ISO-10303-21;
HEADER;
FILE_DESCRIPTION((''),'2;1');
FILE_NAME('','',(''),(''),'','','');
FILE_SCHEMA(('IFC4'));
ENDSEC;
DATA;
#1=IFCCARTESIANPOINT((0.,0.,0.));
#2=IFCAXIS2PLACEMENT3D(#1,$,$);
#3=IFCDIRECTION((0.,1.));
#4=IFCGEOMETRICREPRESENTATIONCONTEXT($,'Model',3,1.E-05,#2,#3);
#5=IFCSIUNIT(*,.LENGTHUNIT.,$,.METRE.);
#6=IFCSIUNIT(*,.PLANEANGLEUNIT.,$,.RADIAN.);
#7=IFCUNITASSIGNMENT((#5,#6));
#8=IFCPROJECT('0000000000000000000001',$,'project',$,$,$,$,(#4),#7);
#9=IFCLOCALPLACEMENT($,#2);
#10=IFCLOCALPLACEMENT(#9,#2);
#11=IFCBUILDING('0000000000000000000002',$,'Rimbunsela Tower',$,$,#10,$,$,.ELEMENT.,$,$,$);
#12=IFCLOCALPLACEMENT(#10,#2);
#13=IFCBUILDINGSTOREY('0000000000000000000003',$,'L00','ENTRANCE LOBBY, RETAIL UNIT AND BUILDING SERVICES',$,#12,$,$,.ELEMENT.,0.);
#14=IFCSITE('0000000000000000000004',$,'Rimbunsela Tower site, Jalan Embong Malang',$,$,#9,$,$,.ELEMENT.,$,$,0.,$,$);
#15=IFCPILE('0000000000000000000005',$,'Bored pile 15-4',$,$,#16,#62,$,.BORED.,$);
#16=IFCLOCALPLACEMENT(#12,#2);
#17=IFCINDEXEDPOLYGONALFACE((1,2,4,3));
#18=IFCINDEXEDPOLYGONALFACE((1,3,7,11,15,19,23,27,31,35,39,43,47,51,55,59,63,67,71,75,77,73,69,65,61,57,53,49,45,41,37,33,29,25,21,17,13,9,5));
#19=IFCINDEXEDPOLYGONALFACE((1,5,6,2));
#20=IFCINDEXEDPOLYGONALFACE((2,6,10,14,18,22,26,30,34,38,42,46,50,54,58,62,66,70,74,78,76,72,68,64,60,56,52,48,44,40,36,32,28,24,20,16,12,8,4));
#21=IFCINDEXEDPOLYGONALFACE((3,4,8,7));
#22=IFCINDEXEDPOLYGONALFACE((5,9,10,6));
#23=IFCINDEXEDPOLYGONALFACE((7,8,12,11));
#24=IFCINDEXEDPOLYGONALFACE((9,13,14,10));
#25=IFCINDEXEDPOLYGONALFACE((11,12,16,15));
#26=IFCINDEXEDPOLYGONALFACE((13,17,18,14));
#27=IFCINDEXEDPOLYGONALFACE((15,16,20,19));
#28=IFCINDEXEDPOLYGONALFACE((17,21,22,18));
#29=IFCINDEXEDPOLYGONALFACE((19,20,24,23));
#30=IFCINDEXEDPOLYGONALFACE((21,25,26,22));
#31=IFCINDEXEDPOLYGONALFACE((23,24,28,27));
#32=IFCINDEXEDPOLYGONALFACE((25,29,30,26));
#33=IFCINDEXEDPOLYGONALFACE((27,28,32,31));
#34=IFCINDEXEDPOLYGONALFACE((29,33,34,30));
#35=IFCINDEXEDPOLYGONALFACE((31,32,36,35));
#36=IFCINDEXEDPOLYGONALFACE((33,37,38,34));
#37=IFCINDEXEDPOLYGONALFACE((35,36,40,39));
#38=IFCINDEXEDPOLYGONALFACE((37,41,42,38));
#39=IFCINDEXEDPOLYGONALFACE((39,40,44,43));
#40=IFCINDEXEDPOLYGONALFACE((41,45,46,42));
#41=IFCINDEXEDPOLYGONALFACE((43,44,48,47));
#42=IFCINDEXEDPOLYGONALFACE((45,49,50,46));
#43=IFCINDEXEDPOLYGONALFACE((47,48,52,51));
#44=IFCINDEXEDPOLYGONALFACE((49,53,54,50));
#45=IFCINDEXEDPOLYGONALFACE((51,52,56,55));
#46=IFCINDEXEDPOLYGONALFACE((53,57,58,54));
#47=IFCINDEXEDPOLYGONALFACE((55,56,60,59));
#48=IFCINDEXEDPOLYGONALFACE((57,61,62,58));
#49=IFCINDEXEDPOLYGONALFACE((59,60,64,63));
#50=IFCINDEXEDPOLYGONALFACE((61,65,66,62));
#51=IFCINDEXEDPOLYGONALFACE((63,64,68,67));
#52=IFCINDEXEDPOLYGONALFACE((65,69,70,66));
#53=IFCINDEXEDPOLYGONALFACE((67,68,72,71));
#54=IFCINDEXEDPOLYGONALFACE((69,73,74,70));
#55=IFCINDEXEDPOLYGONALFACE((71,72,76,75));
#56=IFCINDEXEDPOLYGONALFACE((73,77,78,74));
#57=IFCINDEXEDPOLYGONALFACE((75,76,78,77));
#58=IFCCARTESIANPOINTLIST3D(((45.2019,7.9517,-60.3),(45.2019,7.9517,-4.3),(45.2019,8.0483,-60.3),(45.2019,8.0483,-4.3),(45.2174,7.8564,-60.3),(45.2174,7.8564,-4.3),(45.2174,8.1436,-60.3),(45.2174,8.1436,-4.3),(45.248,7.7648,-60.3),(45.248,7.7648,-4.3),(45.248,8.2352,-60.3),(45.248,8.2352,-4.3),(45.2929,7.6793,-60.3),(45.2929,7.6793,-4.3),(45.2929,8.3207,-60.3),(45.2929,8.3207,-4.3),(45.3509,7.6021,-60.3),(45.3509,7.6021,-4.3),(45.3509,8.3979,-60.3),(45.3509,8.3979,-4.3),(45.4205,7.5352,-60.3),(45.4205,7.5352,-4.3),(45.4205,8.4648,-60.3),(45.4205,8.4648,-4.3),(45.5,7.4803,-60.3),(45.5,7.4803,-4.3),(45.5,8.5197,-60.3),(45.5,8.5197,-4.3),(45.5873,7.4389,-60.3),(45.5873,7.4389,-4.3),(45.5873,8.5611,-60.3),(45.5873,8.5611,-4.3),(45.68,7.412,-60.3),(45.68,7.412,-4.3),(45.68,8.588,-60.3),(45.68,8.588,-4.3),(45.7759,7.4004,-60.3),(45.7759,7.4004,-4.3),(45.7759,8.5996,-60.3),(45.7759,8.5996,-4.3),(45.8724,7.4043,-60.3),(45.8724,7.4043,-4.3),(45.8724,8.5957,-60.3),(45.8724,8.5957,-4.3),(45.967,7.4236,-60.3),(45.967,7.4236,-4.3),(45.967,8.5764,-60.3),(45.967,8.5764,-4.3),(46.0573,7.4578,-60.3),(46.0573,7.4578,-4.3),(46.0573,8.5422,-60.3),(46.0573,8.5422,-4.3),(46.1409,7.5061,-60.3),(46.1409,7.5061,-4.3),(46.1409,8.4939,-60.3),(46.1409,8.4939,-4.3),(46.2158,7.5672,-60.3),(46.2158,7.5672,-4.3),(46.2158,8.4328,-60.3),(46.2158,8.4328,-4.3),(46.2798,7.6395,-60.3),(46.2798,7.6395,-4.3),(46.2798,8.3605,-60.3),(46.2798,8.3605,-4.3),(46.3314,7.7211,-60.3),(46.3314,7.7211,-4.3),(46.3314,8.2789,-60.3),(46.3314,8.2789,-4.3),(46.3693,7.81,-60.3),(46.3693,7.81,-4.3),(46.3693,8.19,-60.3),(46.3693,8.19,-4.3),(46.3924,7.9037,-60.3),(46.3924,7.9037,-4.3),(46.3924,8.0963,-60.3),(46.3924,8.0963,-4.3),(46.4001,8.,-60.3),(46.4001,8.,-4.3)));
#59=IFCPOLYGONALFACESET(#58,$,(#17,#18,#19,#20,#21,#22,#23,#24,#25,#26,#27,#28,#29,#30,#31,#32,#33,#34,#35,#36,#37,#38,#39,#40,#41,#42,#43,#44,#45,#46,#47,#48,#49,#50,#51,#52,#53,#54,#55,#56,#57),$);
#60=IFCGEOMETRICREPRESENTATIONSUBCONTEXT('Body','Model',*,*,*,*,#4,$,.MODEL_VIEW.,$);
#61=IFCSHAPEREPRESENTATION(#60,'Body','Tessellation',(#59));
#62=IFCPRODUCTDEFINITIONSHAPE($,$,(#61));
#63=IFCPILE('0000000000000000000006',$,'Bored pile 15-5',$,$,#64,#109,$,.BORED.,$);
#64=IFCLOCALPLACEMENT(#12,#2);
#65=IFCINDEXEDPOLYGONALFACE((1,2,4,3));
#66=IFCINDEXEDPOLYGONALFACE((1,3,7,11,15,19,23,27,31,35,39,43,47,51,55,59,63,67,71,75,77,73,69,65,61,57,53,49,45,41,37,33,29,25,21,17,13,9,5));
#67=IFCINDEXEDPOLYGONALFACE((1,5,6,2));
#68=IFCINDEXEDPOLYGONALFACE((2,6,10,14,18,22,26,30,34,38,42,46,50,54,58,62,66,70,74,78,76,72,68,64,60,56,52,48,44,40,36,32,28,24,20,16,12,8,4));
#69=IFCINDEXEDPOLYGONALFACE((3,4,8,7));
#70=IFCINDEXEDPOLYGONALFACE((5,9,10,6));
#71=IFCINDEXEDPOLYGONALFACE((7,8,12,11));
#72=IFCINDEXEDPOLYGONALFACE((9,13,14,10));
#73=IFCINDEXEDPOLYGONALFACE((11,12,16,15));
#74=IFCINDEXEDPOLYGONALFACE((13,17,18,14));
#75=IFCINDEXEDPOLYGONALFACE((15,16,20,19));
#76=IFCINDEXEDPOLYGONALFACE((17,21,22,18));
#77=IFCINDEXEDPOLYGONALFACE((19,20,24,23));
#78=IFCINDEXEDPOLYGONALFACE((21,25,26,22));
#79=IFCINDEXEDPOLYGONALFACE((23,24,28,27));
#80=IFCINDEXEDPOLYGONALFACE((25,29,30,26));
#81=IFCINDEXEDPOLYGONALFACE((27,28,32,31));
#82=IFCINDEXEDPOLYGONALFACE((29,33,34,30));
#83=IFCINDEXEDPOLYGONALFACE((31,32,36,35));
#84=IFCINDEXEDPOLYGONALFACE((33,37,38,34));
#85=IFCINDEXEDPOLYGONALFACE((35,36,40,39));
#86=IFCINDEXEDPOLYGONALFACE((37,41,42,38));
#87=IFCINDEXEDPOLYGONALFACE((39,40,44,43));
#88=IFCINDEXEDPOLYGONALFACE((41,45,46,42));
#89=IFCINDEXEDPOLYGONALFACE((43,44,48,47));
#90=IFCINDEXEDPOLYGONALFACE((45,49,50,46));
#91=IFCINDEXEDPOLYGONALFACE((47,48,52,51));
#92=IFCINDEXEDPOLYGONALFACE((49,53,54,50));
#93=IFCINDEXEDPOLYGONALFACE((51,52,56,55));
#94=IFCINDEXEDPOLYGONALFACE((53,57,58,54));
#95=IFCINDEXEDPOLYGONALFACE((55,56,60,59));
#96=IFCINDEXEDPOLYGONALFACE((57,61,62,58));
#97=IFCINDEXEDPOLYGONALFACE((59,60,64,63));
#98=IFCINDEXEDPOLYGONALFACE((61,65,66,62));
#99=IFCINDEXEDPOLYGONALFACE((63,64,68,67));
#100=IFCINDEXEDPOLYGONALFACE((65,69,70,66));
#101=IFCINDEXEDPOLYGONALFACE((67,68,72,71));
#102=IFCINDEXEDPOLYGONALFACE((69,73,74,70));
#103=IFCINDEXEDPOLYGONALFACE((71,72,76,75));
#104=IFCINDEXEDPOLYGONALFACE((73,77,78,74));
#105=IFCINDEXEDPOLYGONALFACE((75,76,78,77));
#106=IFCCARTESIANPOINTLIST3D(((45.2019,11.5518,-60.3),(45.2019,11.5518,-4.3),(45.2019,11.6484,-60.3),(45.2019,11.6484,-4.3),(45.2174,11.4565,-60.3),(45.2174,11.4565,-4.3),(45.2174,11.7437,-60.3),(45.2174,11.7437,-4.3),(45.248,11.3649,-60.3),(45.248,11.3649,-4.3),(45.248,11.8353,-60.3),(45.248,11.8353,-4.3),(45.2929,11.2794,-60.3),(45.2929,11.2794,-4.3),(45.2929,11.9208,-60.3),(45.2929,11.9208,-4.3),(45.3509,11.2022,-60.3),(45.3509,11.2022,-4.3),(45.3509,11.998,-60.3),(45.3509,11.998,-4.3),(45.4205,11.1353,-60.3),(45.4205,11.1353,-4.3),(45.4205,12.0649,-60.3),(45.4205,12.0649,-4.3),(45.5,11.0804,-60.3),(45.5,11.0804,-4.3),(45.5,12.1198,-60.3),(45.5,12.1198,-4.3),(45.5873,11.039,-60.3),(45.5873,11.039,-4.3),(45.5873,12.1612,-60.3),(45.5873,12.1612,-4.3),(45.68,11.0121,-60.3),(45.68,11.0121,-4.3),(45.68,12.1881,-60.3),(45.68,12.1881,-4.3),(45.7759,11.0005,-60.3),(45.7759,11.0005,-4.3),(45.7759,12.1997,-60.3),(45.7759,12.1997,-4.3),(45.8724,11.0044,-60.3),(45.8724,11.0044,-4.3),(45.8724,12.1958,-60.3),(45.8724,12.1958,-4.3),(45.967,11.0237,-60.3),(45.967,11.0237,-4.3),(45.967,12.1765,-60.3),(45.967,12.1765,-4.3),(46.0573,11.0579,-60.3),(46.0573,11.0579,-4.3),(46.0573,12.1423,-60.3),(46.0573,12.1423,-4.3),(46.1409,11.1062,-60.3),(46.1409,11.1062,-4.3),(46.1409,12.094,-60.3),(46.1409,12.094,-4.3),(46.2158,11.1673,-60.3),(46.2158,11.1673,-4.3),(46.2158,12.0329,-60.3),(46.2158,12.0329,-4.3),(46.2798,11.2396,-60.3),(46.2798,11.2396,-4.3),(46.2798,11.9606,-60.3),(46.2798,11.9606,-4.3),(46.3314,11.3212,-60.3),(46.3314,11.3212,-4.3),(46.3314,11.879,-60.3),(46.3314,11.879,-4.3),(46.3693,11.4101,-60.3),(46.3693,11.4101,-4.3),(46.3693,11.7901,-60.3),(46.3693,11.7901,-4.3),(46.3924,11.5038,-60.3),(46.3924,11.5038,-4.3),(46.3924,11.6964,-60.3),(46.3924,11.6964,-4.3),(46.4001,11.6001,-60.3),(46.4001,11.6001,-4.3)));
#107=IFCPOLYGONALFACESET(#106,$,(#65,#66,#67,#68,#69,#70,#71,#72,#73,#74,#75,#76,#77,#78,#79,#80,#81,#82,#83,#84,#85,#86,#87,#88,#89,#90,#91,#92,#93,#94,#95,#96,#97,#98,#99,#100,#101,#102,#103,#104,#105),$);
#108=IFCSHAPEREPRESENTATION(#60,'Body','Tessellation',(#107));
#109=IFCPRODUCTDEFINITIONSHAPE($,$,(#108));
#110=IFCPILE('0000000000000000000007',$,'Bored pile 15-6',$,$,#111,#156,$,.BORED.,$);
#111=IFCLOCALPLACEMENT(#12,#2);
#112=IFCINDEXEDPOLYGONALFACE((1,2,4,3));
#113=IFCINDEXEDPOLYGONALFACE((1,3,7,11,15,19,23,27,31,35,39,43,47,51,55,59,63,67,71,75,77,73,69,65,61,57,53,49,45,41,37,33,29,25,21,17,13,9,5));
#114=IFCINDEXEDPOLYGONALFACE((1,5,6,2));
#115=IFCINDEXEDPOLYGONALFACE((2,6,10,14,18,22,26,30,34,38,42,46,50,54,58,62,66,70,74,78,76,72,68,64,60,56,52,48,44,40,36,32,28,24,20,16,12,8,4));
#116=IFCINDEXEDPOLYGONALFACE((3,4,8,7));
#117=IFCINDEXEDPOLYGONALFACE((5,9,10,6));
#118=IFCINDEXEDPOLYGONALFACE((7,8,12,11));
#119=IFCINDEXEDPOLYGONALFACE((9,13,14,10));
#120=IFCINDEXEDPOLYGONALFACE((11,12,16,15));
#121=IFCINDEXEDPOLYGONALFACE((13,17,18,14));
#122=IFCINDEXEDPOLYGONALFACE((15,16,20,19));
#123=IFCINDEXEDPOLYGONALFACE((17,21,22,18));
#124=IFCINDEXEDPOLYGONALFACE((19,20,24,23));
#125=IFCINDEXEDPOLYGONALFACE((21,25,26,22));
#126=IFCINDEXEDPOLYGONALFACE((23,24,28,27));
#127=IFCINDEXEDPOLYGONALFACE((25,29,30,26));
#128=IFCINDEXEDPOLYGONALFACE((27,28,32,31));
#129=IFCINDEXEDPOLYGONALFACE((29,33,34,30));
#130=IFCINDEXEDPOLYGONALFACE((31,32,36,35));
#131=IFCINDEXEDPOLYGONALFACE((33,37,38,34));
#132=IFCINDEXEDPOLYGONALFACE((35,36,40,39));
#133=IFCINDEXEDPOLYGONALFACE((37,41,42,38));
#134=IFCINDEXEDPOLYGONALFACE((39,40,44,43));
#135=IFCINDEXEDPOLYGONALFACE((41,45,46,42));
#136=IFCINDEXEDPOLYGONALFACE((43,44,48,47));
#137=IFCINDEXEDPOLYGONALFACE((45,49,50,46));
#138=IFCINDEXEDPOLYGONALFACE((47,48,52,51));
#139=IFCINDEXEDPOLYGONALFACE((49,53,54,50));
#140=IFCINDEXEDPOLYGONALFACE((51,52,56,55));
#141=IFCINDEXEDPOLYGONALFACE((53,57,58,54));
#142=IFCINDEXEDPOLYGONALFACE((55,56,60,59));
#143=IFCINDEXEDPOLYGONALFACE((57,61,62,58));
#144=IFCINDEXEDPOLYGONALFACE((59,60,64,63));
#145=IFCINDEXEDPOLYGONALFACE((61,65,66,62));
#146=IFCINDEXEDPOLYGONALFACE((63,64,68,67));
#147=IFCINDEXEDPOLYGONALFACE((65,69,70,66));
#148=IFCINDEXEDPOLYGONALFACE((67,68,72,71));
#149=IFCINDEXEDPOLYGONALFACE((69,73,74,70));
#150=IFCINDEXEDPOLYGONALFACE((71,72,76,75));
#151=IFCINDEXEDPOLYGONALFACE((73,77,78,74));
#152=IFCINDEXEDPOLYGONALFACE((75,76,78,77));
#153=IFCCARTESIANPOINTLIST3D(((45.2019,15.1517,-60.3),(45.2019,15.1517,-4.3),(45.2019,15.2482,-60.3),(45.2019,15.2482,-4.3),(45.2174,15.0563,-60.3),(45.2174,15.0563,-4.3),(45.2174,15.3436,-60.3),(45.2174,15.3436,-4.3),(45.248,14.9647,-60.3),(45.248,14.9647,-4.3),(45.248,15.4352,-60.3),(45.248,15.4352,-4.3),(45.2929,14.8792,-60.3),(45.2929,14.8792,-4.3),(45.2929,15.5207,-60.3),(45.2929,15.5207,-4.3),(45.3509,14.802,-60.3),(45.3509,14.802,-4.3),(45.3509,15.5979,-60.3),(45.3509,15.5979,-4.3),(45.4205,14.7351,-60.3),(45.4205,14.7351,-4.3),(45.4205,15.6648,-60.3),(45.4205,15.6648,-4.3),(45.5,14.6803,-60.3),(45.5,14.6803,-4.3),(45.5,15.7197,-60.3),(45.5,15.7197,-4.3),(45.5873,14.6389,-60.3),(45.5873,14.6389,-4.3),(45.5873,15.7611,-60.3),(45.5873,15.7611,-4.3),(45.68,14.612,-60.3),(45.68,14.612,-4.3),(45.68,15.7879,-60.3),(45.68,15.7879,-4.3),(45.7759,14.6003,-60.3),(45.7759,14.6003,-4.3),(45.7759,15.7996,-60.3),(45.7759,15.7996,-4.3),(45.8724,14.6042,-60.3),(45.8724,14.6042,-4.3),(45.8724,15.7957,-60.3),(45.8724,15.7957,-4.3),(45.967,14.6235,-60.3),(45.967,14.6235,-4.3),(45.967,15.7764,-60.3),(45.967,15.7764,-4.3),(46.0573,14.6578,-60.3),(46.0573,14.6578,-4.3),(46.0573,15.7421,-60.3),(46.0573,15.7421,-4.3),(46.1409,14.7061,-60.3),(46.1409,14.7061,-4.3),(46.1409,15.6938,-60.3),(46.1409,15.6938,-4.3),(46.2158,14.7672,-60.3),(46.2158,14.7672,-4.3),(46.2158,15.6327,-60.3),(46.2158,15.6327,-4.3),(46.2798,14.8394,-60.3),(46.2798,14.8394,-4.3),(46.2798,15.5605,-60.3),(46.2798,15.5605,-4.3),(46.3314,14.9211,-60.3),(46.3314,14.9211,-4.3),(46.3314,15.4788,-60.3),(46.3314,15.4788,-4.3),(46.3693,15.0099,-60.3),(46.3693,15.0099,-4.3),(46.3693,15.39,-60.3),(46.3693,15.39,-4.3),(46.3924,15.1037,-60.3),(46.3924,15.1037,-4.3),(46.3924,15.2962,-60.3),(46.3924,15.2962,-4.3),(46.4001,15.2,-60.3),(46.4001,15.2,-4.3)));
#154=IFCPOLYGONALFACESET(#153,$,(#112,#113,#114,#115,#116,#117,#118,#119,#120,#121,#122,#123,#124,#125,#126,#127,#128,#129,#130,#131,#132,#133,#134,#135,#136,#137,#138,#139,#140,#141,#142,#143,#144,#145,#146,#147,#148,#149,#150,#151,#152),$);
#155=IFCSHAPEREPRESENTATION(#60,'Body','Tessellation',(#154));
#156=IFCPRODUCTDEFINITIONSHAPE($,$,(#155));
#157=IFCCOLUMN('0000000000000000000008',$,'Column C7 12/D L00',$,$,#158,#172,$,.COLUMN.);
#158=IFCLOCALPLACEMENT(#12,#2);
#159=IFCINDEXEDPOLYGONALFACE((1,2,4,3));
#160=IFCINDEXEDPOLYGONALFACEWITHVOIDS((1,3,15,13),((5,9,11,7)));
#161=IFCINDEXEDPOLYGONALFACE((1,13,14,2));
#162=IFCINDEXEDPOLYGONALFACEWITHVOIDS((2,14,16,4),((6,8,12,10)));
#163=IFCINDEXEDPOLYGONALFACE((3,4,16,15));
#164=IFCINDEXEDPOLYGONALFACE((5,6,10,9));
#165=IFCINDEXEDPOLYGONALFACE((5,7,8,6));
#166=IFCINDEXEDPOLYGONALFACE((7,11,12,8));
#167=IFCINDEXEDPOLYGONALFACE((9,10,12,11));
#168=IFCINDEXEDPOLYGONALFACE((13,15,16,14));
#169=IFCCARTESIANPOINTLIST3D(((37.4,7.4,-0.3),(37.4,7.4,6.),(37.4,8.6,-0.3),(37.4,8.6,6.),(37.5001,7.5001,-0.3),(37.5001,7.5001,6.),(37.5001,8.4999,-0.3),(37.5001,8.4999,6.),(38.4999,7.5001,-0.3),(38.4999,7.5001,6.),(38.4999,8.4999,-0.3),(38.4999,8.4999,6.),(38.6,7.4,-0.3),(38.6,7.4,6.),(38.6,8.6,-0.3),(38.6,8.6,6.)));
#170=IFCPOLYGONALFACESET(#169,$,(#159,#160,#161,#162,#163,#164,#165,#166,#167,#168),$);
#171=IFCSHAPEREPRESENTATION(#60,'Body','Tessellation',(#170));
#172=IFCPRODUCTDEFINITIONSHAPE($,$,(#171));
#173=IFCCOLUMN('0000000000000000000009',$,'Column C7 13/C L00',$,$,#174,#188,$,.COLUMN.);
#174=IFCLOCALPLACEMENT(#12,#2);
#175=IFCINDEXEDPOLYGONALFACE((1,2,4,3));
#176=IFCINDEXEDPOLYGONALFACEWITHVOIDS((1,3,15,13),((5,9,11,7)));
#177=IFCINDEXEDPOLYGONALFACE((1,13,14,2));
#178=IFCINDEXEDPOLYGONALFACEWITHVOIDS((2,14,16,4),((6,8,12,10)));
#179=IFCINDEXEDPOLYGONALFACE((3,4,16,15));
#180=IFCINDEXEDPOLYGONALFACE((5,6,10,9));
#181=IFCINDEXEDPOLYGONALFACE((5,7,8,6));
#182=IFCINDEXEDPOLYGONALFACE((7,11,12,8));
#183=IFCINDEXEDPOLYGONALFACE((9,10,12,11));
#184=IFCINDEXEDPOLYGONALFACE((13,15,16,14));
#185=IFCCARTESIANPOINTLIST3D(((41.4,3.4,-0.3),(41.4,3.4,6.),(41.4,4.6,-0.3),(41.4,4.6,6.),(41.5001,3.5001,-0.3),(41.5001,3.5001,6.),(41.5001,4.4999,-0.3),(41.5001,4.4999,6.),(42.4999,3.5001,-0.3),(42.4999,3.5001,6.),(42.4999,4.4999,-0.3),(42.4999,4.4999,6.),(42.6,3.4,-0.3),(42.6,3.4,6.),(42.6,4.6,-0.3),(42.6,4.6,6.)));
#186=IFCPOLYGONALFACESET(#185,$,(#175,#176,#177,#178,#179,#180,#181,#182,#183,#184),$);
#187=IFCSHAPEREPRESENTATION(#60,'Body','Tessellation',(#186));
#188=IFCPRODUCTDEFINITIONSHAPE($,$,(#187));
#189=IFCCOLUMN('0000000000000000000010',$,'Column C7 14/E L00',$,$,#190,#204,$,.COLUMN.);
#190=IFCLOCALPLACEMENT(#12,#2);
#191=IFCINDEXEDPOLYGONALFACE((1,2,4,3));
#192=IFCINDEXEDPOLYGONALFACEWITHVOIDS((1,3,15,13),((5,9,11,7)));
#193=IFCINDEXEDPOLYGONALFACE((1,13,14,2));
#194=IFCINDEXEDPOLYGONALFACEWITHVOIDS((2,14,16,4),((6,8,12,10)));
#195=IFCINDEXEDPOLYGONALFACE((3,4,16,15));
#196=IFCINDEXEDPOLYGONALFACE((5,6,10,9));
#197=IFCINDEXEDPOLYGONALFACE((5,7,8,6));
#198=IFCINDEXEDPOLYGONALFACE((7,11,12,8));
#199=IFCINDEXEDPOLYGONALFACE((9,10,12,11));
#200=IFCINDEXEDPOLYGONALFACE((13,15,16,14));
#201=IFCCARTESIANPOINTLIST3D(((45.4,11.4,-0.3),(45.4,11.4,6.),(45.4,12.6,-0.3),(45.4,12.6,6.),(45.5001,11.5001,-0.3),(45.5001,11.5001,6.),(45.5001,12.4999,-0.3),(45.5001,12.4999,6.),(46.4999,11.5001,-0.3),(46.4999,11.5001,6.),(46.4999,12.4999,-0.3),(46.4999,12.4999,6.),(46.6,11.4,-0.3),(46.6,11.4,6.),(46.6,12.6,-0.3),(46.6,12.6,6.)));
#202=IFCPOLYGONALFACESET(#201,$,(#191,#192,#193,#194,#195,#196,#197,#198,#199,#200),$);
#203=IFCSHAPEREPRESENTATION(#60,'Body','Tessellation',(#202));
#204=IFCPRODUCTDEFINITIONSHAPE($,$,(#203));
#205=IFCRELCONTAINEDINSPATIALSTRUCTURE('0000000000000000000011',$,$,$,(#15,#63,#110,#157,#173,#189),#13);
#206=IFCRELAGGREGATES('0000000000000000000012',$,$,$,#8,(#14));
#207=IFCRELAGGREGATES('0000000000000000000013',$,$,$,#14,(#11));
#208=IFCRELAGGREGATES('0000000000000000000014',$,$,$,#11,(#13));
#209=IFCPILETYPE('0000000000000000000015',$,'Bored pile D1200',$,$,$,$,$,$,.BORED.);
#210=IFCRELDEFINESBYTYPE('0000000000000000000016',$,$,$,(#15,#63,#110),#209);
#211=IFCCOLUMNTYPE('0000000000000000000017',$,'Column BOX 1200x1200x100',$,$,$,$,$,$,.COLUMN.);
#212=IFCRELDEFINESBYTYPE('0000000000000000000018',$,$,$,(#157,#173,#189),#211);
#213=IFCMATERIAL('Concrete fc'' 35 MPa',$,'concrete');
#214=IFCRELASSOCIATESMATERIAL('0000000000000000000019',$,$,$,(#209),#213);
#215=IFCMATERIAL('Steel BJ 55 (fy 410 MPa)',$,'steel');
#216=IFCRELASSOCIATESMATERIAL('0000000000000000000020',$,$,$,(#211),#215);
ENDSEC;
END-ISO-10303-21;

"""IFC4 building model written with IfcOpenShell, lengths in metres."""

from ifc_helpers import new_model, si_unit, direction, frame, origin, origin_2d, place, context, subcontext, project, spatial, hollow_rectangle, circle, extrude, material, material_profile, profile_set, type_object, element, save


model = new_model("IFC4")

# Units and contexts
model_context = context("Model", 3, precision=1e-05, world=origin(), true_north=direction((0.0, 1.0)))
body_context = subcontext(model_context, "Body", "Model", "MODEL_VIEW")
ifc_project = project(units=[si_unit("LENGTHUNIT", "METRE"), si_unit("PLANEANGLEUNIT", "RADIAN")], contexts=[model_context])

# Site, building, storey
site_placement = place(None, origin())
site = spatial("IfcSite", under=ifc_project, at=site_placement, Name="Rimbunsela Tower site, Jalan Embong Malang", CompositionType="ELEMENT", RefElevation=0.0)
building_placement = place(site_placement, origin())
building = spatial("IfcBuilding", under=site, at=building_placement, Name="Rimbunsela Tower", CompositionType="ELEMENT")
storey_placement = place(building_placement, origin())
storey = spatial("IfcBuildingStorey", under=building, at=storey_placement, Name="L00", Description="ENTRANCE LOBBY, RETAIL UNIT AND BUILDING SERVICES", CompositionType="ELEMENT", Elevation=0.0)

# Piles
ifc_material_1 = material(Name="Concrete fc' 35 MPa", Category="concrete")
ifc_material_profile_1 = material_profile(ifc_material_1, circle(Radius=0.6001, at=origin_2d()), Name="BP D1200")
ifc_profile_set_1 = profile_set([ifc_material_profile_1], Name="Concrete fc' 35 MPa")
pile_type = type_object("IfcPileType", Name="Bored pile D1200", PredefinedType="BORED", material=ifc_profile_set_1)
for number, where, z_axis, x_axis, name in (
    (1, (45.8, 8.0, -4.3), (0.0, 0.0, -1.0), (1.0, 0.0, 0.0), "Bored pile 15-4"),
    (2, (45.8, 11.6001, -4.3), (0.0, 0.0, -1.0), (1.0, 0.0, 0.0), "Bored pile 15-5"),
    (3, (45.8, 15.2, -4.3), (0.0, 0.0, -1.0), (1.0, 0.0, 0.0), "Bored pile 15-6"),
):
    element("IfcPile", number, at=place(storey_placement, frame(where, z_axis=z_axis, x_axis=x_axis)), inside=storey, type_object=pile_type, Name=name, PredefinedType="BORED", context=body_context, shape_type="SweptSolid", body=[
        extrude(circle(Radius=0.6001, at=origin_2d()), origin(), (0.0, 0.0, 1.0), 56.0),
    ])

# Columns
ifc_material_2 = material(Name="Steel BJ 55 (fy 410 MPa)", Category="steel")
ifc_material_profile_2 = material_profile(ifc_material_2, hollow_rectangle(XDim=1.2, YDim=1.2, WallThickness=0.1001, at=origin_2d()), Name="BOX 1200x1200x100")
ifc_profile_set_2 = profile_set([ifc_material_profile_2], Name="Steel BJ 55 (fy 410 MPa)")
column_type = type_object("IfcColumnType", Name="Column BOX 1200x1200x100", PredefinedType="COLUMN", material=ifc_profile_set_2)
for number, where, z_axis, x_axis, name in (
    (4, (38.0, 8.0, -0.3), (0.0, 0.0, 1.0), (1.0, 0.0, 0.0), "Column C7 12/D L00"),
    (5, (42.0, 4.0, -0.3), (0.0, 0.0, 1.0), (1.0, 0.0, 0.0), "Column C7 13/C L00"),
    (6, (46.0, 12.0, -0.3), (0.0, 0.0, 1.0), (1.0, 0.0, 0.0), "Column C7 14/E L00"),
):
    element("IfcColumn", number, at=place(storey_placement, frame(where, z_axis=z_axis, x_axis=x_axis)), inside=storey, type_object=column_type, Name=name, PredefinedType="COLUMN", context=body_context, shape_type="SweptSolid", body=[
        extrude(hollow_rectangle(XDim=1.2, YDim=1.2, WallThickness=0.1001, at=origin_2d()), origin(), (0.0, 0.0, 1.0), 6.3),
    ])

save(model, "model.ifc")
